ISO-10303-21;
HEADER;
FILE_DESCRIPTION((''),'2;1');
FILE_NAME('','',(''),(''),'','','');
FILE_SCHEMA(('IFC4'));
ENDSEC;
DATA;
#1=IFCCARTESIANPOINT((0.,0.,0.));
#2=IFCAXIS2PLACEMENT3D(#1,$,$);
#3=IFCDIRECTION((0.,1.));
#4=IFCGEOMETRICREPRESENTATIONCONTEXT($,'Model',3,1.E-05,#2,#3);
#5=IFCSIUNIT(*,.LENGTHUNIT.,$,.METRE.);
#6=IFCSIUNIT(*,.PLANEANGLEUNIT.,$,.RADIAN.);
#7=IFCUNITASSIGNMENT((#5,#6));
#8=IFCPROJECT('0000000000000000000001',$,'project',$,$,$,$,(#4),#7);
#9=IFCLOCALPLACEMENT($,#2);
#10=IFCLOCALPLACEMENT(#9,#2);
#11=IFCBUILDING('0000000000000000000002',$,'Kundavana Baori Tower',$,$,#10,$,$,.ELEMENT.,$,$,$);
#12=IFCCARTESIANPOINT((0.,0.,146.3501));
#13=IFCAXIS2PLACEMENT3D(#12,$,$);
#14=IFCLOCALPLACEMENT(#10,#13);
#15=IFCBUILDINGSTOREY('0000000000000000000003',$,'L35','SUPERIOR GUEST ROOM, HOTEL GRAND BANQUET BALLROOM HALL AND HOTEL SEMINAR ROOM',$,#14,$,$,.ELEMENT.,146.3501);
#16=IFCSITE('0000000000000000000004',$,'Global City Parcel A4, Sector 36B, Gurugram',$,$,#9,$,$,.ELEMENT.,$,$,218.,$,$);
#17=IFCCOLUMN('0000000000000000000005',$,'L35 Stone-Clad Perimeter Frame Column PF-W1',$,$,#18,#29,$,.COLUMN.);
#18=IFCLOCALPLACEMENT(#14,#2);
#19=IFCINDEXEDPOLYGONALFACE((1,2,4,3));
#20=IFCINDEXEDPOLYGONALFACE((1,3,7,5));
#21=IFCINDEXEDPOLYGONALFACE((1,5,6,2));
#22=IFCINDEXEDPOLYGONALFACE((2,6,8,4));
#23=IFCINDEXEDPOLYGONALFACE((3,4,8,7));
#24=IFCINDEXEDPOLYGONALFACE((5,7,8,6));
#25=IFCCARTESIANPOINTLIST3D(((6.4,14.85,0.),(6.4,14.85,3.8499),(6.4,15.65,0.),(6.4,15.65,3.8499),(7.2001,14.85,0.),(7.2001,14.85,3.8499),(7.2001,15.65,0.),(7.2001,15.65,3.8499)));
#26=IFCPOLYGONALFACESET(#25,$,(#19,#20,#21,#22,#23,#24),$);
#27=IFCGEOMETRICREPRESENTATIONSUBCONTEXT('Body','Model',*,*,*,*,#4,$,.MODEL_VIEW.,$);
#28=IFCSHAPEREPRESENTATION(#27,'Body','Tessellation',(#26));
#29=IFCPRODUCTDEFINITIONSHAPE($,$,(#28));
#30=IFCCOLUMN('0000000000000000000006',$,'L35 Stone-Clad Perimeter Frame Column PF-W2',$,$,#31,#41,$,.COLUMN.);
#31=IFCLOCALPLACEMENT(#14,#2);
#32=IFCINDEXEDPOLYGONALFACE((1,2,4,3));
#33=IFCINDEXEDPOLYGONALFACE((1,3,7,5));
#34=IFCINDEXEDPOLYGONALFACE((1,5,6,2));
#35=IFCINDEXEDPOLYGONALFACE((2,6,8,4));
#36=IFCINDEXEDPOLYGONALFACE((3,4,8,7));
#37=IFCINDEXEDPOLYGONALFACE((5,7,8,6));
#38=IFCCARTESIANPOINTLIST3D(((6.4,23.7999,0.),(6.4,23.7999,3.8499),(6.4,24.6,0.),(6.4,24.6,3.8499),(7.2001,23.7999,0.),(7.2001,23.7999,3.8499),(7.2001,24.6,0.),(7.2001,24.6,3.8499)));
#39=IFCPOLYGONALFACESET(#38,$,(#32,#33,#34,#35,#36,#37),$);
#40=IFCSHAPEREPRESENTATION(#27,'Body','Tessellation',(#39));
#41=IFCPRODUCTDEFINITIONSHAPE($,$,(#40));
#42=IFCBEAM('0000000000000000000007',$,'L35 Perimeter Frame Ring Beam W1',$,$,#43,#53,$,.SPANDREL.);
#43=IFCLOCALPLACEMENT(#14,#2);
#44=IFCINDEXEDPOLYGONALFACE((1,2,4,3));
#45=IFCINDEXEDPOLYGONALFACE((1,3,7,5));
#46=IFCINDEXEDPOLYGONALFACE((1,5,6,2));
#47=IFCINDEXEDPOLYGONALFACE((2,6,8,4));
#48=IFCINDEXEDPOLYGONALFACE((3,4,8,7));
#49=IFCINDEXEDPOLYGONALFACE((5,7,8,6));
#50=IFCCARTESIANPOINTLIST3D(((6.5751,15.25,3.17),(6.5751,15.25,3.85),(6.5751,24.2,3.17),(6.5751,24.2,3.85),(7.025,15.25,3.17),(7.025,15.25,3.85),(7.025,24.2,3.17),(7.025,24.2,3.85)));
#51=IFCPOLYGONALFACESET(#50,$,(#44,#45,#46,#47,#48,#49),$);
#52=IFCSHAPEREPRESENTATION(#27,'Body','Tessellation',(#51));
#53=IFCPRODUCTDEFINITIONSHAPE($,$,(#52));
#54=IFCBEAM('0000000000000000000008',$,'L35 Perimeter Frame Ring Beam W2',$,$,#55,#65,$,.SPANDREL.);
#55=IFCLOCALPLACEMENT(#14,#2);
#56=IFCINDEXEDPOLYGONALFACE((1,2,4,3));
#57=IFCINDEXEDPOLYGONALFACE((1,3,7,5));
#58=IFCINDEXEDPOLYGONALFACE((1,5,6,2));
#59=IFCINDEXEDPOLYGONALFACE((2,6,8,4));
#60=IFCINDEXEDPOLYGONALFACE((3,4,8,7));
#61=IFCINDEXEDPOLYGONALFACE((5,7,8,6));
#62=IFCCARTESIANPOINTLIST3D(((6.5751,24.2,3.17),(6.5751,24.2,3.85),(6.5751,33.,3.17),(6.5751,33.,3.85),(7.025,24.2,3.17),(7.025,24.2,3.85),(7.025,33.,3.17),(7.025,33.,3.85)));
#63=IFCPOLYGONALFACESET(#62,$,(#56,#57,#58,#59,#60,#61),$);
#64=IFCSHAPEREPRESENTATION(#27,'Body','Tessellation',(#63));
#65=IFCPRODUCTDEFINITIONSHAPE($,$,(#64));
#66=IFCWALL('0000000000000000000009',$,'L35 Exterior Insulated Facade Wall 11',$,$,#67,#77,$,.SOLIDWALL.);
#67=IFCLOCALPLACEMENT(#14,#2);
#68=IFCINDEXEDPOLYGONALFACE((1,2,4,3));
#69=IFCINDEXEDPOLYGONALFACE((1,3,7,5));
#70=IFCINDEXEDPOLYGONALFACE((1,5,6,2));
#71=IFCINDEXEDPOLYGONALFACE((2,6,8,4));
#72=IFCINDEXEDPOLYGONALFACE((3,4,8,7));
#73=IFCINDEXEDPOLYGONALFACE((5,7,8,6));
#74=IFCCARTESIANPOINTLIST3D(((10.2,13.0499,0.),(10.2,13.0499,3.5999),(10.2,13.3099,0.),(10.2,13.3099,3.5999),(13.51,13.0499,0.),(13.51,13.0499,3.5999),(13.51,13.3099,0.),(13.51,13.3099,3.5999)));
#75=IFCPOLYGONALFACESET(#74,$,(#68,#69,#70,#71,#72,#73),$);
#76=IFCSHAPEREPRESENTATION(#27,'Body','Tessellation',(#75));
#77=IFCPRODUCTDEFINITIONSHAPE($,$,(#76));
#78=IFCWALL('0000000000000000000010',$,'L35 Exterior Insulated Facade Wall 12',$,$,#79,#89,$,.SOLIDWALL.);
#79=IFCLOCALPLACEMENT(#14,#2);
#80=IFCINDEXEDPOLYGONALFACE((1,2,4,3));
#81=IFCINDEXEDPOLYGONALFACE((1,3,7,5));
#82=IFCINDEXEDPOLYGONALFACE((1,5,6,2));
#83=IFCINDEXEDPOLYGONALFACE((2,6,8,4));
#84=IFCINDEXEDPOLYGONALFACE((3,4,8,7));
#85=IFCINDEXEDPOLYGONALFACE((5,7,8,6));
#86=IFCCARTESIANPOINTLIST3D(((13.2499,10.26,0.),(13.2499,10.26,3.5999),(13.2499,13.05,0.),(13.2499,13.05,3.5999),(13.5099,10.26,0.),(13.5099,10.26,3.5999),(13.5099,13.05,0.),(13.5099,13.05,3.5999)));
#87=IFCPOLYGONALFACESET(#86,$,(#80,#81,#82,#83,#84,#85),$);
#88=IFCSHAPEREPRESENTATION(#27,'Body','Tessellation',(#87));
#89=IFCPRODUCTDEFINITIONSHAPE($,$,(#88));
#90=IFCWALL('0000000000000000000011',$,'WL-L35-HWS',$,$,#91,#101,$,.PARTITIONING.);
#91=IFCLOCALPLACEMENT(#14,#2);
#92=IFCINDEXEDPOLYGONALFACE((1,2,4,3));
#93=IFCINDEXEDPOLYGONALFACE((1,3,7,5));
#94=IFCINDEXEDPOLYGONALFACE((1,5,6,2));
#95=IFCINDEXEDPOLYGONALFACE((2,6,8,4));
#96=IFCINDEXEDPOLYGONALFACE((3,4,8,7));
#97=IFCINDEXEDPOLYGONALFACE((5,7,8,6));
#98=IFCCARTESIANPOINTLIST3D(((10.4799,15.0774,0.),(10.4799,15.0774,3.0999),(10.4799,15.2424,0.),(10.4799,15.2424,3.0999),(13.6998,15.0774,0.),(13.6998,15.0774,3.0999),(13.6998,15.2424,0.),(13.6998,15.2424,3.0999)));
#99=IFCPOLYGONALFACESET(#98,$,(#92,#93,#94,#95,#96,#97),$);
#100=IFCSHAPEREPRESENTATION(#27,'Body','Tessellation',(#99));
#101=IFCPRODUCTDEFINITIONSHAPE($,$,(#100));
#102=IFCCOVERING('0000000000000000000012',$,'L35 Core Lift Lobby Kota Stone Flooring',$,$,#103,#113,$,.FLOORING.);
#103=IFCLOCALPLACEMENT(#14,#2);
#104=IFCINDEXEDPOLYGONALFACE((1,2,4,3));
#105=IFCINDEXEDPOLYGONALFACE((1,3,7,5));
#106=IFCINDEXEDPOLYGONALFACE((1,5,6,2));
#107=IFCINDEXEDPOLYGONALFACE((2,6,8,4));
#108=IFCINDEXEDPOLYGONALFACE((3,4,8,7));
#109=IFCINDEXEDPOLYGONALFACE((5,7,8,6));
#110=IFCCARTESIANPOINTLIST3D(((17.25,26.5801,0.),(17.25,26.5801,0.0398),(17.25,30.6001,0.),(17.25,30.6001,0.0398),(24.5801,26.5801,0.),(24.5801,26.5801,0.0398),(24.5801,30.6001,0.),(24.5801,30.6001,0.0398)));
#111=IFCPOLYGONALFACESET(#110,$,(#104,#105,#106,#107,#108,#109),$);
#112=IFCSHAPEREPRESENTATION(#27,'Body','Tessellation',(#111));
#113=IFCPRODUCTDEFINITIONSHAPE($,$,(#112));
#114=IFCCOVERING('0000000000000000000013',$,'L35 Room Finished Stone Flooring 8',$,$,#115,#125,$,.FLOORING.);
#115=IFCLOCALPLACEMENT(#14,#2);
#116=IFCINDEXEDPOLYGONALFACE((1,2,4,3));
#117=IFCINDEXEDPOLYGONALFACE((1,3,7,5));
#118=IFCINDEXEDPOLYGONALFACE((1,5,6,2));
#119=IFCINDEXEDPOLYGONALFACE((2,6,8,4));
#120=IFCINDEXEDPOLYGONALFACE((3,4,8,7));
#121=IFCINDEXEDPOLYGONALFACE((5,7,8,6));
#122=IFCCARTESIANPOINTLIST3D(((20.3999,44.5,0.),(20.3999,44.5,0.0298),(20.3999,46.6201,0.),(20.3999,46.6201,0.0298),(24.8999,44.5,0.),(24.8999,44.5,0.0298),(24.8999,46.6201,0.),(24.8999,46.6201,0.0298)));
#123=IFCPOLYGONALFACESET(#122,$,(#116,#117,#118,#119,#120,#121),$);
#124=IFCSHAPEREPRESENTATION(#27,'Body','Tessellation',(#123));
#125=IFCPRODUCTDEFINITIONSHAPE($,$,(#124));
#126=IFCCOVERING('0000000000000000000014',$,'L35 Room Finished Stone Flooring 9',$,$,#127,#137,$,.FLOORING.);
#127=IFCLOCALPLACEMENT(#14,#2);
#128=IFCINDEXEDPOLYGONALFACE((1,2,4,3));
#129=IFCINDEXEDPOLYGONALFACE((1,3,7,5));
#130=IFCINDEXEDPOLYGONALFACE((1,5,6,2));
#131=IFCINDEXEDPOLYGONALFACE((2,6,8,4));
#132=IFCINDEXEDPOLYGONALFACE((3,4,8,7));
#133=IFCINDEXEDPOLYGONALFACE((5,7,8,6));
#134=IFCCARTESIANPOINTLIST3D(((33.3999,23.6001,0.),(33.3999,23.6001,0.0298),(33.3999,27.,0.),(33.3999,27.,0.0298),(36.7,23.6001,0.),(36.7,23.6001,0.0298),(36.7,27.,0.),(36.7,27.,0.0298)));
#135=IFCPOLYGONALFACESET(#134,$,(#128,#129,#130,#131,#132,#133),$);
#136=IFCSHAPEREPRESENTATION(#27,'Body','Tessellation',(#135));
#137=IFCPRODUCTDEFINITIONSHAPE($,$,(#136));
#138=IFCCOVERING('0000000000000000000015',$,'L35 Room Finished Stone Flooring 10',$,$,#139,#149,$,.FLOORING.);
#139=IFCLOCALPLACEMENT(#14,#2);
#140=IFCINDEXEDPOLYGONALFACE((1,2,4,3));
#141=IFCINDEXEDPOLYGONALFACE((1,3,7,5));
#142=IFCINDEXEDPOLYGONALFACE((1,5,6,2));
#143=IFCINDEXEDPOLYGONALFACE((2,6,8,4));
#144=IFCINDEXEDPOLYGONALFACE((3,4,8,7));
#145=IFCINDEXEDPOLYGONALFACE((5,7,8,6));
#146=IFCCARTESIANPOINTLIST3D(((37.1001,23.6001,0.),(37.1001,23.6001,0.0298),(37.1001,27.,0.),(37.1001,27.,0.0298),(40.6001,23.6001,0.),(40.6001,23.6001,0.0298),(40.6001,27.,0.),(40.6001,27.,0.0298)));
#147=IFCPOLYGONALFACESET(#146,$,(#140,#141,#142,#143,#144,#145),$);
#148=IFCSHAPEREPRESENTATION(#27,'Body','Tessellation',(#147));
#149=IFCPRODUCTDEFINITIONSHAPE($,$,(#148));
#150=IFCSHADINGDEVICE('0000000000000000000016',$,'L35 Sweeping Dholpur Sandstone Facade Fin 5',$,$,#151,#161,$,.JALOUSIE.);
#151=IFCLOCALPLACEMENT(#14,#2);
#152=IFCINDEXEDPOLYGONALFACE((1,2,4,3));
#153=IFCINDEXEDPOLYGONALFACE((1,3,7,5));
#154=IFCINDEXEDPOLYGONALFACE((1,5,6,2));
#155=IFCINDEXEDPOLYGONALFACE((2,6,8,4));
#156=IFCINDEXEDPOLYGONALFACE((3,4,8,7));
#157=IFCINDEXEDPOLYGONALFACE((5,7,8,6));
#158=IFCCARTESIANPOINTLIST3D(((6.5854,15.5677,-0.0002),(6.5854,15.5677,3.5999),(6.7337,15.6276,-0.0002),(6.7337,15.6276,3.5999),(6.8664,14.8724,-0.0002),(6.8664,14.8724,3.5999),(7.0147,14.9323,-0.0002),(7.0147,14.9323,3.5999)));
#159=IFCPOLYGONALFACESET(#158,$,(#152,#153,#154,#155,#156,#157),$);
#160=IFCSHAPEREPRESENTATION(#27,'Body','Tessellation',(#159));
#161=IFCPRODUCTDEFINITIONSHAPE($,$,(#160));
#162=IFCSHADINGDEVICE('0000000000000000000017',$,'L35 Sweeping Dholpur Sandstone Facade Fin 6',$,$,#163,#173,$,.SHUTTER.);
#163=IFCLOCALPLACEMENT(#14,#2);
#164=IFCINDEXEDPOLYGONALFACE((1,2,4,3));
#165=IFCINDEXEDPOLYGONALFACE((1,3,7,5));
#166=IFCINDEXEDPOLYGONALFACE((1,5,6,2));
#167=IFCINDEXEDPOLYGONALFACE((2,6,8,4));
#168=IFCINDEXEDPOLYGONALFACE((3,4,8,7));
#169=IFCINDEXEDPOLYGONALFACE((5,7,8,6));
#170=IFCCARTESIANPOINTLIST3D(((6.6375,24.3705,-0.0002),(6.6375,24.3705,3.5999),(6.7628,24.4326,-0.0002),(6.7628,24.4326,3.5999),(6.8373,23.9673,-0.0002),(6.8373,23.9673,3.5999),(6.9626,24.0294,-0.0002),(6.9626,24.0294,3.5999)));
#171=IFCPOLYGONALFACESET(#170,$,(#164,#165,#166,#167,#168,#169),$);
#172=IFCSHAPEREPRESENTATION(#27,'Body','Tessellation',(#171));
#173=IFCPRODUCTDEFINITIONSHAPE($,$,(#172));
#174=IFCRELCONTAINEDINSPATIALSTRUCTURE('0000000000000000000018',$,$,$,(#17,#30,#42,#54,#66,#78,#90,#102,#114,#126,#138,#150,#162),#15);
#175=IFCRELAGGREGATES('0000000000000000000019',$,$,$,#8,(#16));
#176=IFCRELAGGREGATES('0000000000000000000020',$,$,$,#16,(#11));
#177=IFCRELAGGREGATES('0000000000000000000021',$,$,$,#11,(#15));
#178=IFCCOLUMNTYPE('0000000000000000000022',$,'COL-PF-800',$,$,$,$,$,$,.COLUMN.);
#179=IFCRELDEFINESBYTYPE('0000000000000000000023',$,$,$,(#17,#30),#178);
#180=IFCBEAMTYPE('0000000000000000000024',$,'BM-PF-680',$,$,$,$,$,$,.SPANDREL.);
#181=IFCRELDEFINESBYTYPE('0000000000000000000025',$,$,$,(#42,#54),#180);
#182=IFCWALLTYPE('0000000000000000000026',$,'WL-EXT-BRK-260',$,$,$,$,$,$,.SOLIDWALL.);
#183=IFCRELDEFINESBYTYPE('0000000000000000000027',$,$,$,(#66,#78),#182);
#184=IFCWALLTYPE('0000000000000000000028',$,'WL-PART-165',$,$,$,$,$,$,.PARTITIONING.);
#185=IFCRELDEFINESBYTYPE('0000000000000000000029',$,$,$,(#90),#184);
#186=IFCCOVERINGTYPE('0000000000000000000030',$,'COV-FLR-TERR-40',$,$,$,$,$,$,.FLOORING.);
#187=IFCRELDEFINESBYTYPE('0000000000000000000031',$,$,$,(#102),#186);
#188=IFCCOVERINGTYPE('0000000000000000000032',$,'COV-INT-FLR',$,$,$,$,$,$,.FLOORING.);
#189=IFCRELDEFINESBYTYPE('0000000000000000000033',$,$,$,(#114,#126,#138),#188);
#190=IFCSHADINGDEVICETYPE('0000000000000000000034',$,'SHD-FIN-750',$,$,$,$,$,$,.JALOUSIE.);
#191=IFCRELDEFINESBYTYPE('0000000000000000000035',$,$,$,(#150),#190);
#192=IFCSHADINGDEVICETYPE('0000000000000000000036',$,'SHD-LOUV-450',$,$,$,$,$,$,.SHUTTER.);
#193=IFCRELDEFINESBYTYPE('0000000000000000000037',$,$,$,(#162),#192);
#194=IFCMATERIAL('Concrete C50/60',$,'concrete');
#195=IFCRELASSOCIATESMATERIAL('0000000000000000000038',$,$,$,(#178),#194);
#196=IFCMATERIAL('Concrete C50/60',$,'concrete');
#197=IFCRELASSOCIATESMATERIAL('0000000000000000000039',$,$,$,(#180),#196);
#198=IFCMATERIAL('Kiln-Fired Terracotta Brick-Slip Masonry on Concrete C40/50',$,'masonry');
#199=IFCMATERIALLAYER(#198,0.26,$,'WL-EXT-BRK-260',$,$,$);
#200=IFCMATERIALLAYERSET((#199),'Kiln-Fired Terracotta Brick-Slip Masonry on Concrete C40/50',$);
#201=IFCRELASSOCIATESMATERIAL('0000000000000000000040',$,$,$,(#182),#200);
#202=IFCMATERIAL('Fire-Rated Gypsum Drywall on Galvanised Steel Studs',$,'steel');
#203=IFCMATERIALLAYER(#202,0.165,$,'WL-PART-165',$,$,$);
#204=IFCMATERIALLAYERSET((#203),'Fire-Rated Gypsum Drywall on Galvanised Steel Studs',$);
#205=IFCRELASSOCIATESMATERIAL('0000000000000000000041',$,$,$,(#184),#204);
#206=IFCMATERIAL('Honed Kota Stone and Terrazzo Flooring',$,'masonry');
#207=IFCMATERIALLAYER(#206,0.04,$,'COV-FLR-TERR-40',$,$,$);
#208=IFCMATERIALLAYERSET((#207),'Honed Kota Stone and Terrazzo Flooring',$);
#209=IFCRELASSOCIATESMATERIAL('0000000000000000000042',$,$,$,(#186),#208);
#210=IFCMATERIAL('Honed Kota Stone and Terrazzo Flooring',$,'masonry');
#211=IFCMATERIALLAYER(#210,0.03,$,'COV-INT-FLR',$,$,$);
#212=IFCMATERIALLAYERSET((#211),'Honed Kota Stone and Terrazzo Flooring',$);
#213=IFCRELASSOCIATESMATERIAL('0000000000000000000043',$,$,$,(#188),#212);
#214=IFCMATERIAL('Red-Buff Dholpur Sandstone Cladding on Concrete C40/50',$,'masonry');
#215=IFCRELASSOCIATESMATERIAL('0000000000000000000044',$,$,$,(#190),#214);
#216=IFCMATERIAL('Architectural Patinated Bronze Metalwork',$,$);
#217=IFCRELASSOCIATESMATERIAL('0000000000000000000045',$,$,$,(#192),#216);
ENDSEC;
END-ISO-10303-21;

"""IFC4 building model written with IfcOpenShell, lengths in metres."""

from ifc_helpers import new_model, si_unit, direction, frame, frame_2d, origin, origin_2d, place, context, subcontext, project, spatial, polyline, rectangle, outline, extrude, material, layer, layer_set, material_profile, profile_set, type_object, element, save


model = new_model("IFC4")

# Units and contexts
model_context = context("Model", 3, precision=1e-05, world=origin(), true_north=direction((0.0, 1.0)))
body_context = subcontext(model_context, "Body", "Model", "MODEL_VIEW")
ifc_project = project(units=[si_unit("LENGTHUNIT", "METRE"), si_unit("PLANEANGLEUNIT", "RADIAN")], contexts=[model_context])

# Site, building, storey
site_placement = place(None, origin())
site = spatial("IfcSite", under=ifc_project, at=site_placement, Name="Global City Parcel A4, Sector 36B, Gurugram", CompositionType="ELEMENT", RefElevation=218.0)
building_placement = place(site_placement, origin())
building = spatial("IfcBuilding", under=site, at=building_placement, Name="Kundavana Baori Tower", CompositionType="ELEMENT")
storey_placement = place(building_placement, frame((0.0, 0.0, 146.3501)))
storey = spatial("IfcBuildingStorey", under=building, at=storey_placement, Name="L35", Description="SUPERIOR GUEST ROOM, HOTEL GRAND BANQUET BALLROOM HALL AND HOTEL SEMINAR ROOM", CompositionType="ELEMENT", Elevation=146.3501)

# Columns
ifc_material_1 = material(Name="Concrete C50/60", Category="concrete")
ifc_material_profile_1 = material_profile(ifc_material_1, rectangle(XDim=0.8, YDim=0.8, at=origin_2d()), Name="RC PF 800x800")
ifc_profile_set_1 = profile_set([ifc_material_profile_1], Name="Concrete C50/60")
column_type = type_object("IfcColumnType", Name="COL-PF-800", PredefinedType="COLUMN", material=ifc_profile_set_1)
for number, where, z_axis, x_axis, name in (
    (1, (6.8, 15.25, 0.0), (0.0, 0.0, 1.0), (1.0, 0.0, 0.0), "L35 Stone-Clad Perimeter Frame Column PF-W1"),
    (2, (6.8, 24.2, 0.0), (0.0, 0.0, 1.0), (1.0, 0.0, 0.0), "L35 Stone-Clad Perimeter Frame Column PF-W2"),
):
    element("IfcColumn", number, at=place(storey_placement, frame(where, z_axis=z_axis, x_axis=x_axis)), inside=storey, type_object=column_type, Name=name, PredefinedType="COLUMN", context=body_context, shape_type="SweptSolid", body=[
        extrude(rectangle(XDim=0.8, YDim=0.8, at=origin_2d()), origin(), (0.0, 0.0, 1.0), 3.8499),
    ])

# Beams
ifc_material_2 = material(Name="Concrete C50/60", Category="concrete")
ifc_material_profile_2 = material_profile(ifc_material_2, rectangle(XDim=0.45, YDim=0.6799, at=origin_2d()), Name="RC BM 450x680")
ifc_profile_set_2 = profile_set([ifc_material_profile_2], Name="Concrete C50/60")
beam_type = type_object("IfcBeamType", Name="BM-PF-680", PredefinedType="SPANDREL", material=ifc_profile_set_2)
beam_1_placement = place(storey_placement, frame((6.8, 15.25, 3.51), z_axis=(0.0, 1.0, 0.0), x_axis=(-1.0, 0.0, 0.0)))
element("IfcBeam", 3, at=beam_1_placement, inside=storey, type_object=beam_type, Name="L35 Perimeter Frame Ring Beam W1", PredefinedType="SPANDREL", context=body_context, shape_type="SweptSolid", body=[
    extrude(rectangle(XDim=0.45, YDim=0.6799, at=origin_2d()), origin(), (0.0, 0.0, 1.0), 8.95),
])
beam_2_placement = place(storey_placement, frame((6.8, 24.2, 3.51), z_axis=(0.0, 1.0, 0.0), x_axis=(-1.0, 0.0, 0.0)))
element("IfcBeam", 4, at=beam_2_placement, inside=storey, type_object=beam_type, Name="L35 Perimeter Frame Ring Beam W2", PredefinedType="SPANDREL", context=body_context, shape_type="SweptSolid", body=[
    extrude(rectangle(XDim=0.45, YDim=0.6799, at=origin_2d()), origin(), (0.0, 0.0, 1.0), 8.8),
])

# Shared definitions
ifc_material_3 = material(Name="Kiln-Fired Terracotta Brick-Slip Masonry on Concrete C40/50", Category="masonry")
ifc_layer_1 = layer(ifc_material_3, 0.26, Name="WL-EXT-BRK-260")
ifc_layer_set_1 = layer_set([ifc_layer_1], Name="Kiln-Fired Terracotta Brick-Slip Masonry on Concrete C40/50")
wall_type_1 = type_object("IfcWallType", Name="WL-EXT-BRK-260", PredefinedType="SOLIDWALL", material=ifc_layer_set_1)

# Walls
wall_1_placement = place(storey_placement, frame((10.2, 13.1799, 0.0), z_axis=(0.0, 0.0, 1.0), x_axis=(1.0, 0.0, 0.0)))
element("IfcWall", 5, at=wall_1_placement, inside=storey, type_object=wall_type_1, Name="L35 Exterior Insulated Facade Wall 11", PredefinedType="SOLIDWALL", context=body_context, shape_type="SweptSolid", body=[
    extrude(rectangle(XDim=3.3101, YDim=0.26, at=frame_2d((1.655, 0.0))), origin(), (0.0, 0.0, 1.0), 3.5999),
])
wall_2_placement = place(storey_placement, frame((13.3799, 13.05, 0.0), z_axis=(0.0, 0.0, 1.0), x_axis=(0.0, -1.0, 0.0)))
element("IfcWall", 6, at=wall_2_placement, inside=storey, type_object=wall_type_1, Name="L35 Exterior Insulated Facade Wall 12", PredefinedType="SOLIDWALL", context=body_context, shape_type="SweptSolid", body=[
    extrude(rectangle(XDim=2.79, YDim=0.26, at=frame_2d((1.395, 0.0))), origin(), (0.0, 0.0, 1.0), 3.5999),
])
ifc_material_4 = material(Name="Fire-Rated Gypsum Drywall on Galvanised Steel Studs", Category="steel")
ifc_layer_2 = layer(ifc_material_4, 0.165, Name="WL-PART-165")
ifc_layer_set_2 = layer_set([ifc_layer_2], Name="Fire-Rated Gypsum Drywall on Galvanised Steel Studs")
wall_type_2 = type_object("IfcWallType", Name="WL-PART-165", PredefinedType="PARTITIONING", material=ifc_layer_set_2)
wall_3_placement = place(storey_placement, frame((10.48, 15.1599, 0.0), z_axis=(0.0, 0.0, 1.0), x_axis=(1.0, 0.0, 0.0)))
element("IfcWall", 7, at=wall_3_placement, inside=storey, type_object=wall_type_2, Name="WL-L35-HWS", PredefinedType="PARTITIONING", context=body_context, shape_type="SweptSolid", body=[
    extrude(rectangle(XDim=3.22, YDim=0.165, at=frame_2d((1.6099, 0.0))), origin(), (0.0, 0.0, 1.0), 3.0999),
])

# Coverings
ifc_material_5 = material(Name="Honed Kota Stone and Terrazzo Flooring", Category="masonry")
ifc_layer_3 = layer(ifc_material_5, 0.04, Name="COV-FLR-TERR-40")
ifc_layer_set_3 = layer_set([ifc_layer_3], Name="Honed Kota Stone and Terrazzo Flooring")
covering_type_1 = type_object("IfcCoveringType", Name="COV-FLR-TERR-40", PredefinedType="FLOORING", material=ifc_layer_set_3)
covering_1_placement = place(storey_placement, origin())
element("IfcCovering", 8, at=covering_1_placement, inside=storey, type_object=covering_type_1, Name="L35 Core Lift Lobby Kota Stone Flooring", PredefinedType="FLOORING", context=body_context, shape_type="SweptSolid", body=[
    extrude(outline(polyline([(17.25, 26.5801), (24.5801, 26.5801), (24.5801, 30.6001), (17.25, 30.6001), (17.25, 26.5801)])), origin(), (0.0, 0.0, 1.0), 0.0398),
])
ifc_material_6 = material(Name="Honed Kota Stone and Terrazzo Flooring", Category="masonry")
ifc_layer_4 = layer(ifc_material_6, 0.03, Name="COV-INT-FLR")
ifc_layer_set_4 = layer_set([ifc_layer_4], Name="Honed Kota Stone and Terrazzo Flooring")
covering_type_2 = type_object("IfcCoveringType", Name="COV-INT-FLR", PredefinedType="FLOORING", material=ifc_layer_set_4)
covering_2_placement = place(storey_placement, origin())
element("IfcCovering", 9, at=covering_2_placement, inside=storey, type_object=covering_type_2, Name="L35 Room Finished Stone Flooring 8", PredefinedType="FLOORING", context=body_context, shape_type="SweptSolid", body=[
    extrude(outline(polyline([(20.3999, 44.5), (24.8999, 44.5), (24.8999, 46.6201), (20.3999, 46.6201), (20.3999, 44.5)])), origin(), (0.0, 0.0, 1.0), 0.0298),
])
covering_3_placement = place(storey_placement, origin())
element("IfcCovering", 10, at=covering_3_placement, inside=storey, type_object=covering_type_2, Name="L35 Room Finished Stone Flooring 9", PredefinedType="FLOORING", context=body_context, shape_type="SweptSolid", body=[
    extrude(outline(polyline([(33.3999, 23.6001), (36.7, 23.6001), (36.7, 27.0), (33.3999, 27.0), (33.3999, 23.6001)])), origin(), (0.0, 0.0, 1.0), 0.0298),
])
covering_4_placement = place(storey_placement, origin())
element("IfcCovering", 11, at=covering_4_placement, inside=storey, type_object=covering_type_2, Name="L35 Room Finished Stone Flooring 10", PredefinedType="FLOORING", context=body_context, shape_type="SweptSolid", body=[
    extrude(outline(polyline([(37.1001, 23.6001), (40.6001, 23.6001), (40.6001, 27.0), (37.1001, 27.0), (37.1001, 23.6001)])), origin(), (0.0, 0.0, 1.0), 0.0298),
])

# Shading devices
ifc_material_7 = material(Name="Red-Buff Dholpur Sandstone Cladding on Concrete C40/50", Category="masonry")
shading_device_type_1 = type_object("IfcShadingDeviceType", Name="SHD-FIN-750", PredefinedType="JALOUSIE", material=ifc_material_7)
shading_device_1_placement = place(storey_placement, frame((6.8, 15.25, -0.0002), z_axis=(0.0, 0.0, 1.0), x_axis=(0.927184, 0.374607, 0.0)))
element("IfcShadingDevice", 12, at=shading_device_1_placement, inside=storey, type_object=shading_device_type_1, Name="L35 Sweeping Dholpur Sandstone Facade Fin 5", PredefinedType="JALOUSIE", context=body_context, shape_type="SweptSolid", body=[
    extrude(rectangle(XDim=0.1599, YDim=0.75, at=origin_2d()), origin(), (0.0, 0.0, 1.0), 3.6001),
])
ifc_material_8 = material(Name="Architectural Patinated Bronze Metalwork")
shading_device_type_2 = type_object("IfcShadingDeviceType", Name="SHD-LOUV-450", PredefinedType="SHUTTER", material=ifc_material_8)
shading_device_2_placement = place(storey_placement, frame((6.8, 24.2, -0.0002), z_axis=(0.0, 0.0, 1.0), x_axis=(0.896022, 0.44401, 0.0)))
element("IfcShadingDevice", 13, at=shading_device_2_placement, inside=storey, type_object=shading_device_type_2, Name="L35 Sweeping Dholpur Sandstone Facade Fin 6", PredefinedType="SHUTTER", context=body_context, shape_type="SweptSolid", body=[
    extrude(rectangle(XDim=0.1399, YDim=0.45, at=origin_2d()), origin(), (0.0, 0.0, 1.0), 3.6001),
])

save(model, "model.ifc")
